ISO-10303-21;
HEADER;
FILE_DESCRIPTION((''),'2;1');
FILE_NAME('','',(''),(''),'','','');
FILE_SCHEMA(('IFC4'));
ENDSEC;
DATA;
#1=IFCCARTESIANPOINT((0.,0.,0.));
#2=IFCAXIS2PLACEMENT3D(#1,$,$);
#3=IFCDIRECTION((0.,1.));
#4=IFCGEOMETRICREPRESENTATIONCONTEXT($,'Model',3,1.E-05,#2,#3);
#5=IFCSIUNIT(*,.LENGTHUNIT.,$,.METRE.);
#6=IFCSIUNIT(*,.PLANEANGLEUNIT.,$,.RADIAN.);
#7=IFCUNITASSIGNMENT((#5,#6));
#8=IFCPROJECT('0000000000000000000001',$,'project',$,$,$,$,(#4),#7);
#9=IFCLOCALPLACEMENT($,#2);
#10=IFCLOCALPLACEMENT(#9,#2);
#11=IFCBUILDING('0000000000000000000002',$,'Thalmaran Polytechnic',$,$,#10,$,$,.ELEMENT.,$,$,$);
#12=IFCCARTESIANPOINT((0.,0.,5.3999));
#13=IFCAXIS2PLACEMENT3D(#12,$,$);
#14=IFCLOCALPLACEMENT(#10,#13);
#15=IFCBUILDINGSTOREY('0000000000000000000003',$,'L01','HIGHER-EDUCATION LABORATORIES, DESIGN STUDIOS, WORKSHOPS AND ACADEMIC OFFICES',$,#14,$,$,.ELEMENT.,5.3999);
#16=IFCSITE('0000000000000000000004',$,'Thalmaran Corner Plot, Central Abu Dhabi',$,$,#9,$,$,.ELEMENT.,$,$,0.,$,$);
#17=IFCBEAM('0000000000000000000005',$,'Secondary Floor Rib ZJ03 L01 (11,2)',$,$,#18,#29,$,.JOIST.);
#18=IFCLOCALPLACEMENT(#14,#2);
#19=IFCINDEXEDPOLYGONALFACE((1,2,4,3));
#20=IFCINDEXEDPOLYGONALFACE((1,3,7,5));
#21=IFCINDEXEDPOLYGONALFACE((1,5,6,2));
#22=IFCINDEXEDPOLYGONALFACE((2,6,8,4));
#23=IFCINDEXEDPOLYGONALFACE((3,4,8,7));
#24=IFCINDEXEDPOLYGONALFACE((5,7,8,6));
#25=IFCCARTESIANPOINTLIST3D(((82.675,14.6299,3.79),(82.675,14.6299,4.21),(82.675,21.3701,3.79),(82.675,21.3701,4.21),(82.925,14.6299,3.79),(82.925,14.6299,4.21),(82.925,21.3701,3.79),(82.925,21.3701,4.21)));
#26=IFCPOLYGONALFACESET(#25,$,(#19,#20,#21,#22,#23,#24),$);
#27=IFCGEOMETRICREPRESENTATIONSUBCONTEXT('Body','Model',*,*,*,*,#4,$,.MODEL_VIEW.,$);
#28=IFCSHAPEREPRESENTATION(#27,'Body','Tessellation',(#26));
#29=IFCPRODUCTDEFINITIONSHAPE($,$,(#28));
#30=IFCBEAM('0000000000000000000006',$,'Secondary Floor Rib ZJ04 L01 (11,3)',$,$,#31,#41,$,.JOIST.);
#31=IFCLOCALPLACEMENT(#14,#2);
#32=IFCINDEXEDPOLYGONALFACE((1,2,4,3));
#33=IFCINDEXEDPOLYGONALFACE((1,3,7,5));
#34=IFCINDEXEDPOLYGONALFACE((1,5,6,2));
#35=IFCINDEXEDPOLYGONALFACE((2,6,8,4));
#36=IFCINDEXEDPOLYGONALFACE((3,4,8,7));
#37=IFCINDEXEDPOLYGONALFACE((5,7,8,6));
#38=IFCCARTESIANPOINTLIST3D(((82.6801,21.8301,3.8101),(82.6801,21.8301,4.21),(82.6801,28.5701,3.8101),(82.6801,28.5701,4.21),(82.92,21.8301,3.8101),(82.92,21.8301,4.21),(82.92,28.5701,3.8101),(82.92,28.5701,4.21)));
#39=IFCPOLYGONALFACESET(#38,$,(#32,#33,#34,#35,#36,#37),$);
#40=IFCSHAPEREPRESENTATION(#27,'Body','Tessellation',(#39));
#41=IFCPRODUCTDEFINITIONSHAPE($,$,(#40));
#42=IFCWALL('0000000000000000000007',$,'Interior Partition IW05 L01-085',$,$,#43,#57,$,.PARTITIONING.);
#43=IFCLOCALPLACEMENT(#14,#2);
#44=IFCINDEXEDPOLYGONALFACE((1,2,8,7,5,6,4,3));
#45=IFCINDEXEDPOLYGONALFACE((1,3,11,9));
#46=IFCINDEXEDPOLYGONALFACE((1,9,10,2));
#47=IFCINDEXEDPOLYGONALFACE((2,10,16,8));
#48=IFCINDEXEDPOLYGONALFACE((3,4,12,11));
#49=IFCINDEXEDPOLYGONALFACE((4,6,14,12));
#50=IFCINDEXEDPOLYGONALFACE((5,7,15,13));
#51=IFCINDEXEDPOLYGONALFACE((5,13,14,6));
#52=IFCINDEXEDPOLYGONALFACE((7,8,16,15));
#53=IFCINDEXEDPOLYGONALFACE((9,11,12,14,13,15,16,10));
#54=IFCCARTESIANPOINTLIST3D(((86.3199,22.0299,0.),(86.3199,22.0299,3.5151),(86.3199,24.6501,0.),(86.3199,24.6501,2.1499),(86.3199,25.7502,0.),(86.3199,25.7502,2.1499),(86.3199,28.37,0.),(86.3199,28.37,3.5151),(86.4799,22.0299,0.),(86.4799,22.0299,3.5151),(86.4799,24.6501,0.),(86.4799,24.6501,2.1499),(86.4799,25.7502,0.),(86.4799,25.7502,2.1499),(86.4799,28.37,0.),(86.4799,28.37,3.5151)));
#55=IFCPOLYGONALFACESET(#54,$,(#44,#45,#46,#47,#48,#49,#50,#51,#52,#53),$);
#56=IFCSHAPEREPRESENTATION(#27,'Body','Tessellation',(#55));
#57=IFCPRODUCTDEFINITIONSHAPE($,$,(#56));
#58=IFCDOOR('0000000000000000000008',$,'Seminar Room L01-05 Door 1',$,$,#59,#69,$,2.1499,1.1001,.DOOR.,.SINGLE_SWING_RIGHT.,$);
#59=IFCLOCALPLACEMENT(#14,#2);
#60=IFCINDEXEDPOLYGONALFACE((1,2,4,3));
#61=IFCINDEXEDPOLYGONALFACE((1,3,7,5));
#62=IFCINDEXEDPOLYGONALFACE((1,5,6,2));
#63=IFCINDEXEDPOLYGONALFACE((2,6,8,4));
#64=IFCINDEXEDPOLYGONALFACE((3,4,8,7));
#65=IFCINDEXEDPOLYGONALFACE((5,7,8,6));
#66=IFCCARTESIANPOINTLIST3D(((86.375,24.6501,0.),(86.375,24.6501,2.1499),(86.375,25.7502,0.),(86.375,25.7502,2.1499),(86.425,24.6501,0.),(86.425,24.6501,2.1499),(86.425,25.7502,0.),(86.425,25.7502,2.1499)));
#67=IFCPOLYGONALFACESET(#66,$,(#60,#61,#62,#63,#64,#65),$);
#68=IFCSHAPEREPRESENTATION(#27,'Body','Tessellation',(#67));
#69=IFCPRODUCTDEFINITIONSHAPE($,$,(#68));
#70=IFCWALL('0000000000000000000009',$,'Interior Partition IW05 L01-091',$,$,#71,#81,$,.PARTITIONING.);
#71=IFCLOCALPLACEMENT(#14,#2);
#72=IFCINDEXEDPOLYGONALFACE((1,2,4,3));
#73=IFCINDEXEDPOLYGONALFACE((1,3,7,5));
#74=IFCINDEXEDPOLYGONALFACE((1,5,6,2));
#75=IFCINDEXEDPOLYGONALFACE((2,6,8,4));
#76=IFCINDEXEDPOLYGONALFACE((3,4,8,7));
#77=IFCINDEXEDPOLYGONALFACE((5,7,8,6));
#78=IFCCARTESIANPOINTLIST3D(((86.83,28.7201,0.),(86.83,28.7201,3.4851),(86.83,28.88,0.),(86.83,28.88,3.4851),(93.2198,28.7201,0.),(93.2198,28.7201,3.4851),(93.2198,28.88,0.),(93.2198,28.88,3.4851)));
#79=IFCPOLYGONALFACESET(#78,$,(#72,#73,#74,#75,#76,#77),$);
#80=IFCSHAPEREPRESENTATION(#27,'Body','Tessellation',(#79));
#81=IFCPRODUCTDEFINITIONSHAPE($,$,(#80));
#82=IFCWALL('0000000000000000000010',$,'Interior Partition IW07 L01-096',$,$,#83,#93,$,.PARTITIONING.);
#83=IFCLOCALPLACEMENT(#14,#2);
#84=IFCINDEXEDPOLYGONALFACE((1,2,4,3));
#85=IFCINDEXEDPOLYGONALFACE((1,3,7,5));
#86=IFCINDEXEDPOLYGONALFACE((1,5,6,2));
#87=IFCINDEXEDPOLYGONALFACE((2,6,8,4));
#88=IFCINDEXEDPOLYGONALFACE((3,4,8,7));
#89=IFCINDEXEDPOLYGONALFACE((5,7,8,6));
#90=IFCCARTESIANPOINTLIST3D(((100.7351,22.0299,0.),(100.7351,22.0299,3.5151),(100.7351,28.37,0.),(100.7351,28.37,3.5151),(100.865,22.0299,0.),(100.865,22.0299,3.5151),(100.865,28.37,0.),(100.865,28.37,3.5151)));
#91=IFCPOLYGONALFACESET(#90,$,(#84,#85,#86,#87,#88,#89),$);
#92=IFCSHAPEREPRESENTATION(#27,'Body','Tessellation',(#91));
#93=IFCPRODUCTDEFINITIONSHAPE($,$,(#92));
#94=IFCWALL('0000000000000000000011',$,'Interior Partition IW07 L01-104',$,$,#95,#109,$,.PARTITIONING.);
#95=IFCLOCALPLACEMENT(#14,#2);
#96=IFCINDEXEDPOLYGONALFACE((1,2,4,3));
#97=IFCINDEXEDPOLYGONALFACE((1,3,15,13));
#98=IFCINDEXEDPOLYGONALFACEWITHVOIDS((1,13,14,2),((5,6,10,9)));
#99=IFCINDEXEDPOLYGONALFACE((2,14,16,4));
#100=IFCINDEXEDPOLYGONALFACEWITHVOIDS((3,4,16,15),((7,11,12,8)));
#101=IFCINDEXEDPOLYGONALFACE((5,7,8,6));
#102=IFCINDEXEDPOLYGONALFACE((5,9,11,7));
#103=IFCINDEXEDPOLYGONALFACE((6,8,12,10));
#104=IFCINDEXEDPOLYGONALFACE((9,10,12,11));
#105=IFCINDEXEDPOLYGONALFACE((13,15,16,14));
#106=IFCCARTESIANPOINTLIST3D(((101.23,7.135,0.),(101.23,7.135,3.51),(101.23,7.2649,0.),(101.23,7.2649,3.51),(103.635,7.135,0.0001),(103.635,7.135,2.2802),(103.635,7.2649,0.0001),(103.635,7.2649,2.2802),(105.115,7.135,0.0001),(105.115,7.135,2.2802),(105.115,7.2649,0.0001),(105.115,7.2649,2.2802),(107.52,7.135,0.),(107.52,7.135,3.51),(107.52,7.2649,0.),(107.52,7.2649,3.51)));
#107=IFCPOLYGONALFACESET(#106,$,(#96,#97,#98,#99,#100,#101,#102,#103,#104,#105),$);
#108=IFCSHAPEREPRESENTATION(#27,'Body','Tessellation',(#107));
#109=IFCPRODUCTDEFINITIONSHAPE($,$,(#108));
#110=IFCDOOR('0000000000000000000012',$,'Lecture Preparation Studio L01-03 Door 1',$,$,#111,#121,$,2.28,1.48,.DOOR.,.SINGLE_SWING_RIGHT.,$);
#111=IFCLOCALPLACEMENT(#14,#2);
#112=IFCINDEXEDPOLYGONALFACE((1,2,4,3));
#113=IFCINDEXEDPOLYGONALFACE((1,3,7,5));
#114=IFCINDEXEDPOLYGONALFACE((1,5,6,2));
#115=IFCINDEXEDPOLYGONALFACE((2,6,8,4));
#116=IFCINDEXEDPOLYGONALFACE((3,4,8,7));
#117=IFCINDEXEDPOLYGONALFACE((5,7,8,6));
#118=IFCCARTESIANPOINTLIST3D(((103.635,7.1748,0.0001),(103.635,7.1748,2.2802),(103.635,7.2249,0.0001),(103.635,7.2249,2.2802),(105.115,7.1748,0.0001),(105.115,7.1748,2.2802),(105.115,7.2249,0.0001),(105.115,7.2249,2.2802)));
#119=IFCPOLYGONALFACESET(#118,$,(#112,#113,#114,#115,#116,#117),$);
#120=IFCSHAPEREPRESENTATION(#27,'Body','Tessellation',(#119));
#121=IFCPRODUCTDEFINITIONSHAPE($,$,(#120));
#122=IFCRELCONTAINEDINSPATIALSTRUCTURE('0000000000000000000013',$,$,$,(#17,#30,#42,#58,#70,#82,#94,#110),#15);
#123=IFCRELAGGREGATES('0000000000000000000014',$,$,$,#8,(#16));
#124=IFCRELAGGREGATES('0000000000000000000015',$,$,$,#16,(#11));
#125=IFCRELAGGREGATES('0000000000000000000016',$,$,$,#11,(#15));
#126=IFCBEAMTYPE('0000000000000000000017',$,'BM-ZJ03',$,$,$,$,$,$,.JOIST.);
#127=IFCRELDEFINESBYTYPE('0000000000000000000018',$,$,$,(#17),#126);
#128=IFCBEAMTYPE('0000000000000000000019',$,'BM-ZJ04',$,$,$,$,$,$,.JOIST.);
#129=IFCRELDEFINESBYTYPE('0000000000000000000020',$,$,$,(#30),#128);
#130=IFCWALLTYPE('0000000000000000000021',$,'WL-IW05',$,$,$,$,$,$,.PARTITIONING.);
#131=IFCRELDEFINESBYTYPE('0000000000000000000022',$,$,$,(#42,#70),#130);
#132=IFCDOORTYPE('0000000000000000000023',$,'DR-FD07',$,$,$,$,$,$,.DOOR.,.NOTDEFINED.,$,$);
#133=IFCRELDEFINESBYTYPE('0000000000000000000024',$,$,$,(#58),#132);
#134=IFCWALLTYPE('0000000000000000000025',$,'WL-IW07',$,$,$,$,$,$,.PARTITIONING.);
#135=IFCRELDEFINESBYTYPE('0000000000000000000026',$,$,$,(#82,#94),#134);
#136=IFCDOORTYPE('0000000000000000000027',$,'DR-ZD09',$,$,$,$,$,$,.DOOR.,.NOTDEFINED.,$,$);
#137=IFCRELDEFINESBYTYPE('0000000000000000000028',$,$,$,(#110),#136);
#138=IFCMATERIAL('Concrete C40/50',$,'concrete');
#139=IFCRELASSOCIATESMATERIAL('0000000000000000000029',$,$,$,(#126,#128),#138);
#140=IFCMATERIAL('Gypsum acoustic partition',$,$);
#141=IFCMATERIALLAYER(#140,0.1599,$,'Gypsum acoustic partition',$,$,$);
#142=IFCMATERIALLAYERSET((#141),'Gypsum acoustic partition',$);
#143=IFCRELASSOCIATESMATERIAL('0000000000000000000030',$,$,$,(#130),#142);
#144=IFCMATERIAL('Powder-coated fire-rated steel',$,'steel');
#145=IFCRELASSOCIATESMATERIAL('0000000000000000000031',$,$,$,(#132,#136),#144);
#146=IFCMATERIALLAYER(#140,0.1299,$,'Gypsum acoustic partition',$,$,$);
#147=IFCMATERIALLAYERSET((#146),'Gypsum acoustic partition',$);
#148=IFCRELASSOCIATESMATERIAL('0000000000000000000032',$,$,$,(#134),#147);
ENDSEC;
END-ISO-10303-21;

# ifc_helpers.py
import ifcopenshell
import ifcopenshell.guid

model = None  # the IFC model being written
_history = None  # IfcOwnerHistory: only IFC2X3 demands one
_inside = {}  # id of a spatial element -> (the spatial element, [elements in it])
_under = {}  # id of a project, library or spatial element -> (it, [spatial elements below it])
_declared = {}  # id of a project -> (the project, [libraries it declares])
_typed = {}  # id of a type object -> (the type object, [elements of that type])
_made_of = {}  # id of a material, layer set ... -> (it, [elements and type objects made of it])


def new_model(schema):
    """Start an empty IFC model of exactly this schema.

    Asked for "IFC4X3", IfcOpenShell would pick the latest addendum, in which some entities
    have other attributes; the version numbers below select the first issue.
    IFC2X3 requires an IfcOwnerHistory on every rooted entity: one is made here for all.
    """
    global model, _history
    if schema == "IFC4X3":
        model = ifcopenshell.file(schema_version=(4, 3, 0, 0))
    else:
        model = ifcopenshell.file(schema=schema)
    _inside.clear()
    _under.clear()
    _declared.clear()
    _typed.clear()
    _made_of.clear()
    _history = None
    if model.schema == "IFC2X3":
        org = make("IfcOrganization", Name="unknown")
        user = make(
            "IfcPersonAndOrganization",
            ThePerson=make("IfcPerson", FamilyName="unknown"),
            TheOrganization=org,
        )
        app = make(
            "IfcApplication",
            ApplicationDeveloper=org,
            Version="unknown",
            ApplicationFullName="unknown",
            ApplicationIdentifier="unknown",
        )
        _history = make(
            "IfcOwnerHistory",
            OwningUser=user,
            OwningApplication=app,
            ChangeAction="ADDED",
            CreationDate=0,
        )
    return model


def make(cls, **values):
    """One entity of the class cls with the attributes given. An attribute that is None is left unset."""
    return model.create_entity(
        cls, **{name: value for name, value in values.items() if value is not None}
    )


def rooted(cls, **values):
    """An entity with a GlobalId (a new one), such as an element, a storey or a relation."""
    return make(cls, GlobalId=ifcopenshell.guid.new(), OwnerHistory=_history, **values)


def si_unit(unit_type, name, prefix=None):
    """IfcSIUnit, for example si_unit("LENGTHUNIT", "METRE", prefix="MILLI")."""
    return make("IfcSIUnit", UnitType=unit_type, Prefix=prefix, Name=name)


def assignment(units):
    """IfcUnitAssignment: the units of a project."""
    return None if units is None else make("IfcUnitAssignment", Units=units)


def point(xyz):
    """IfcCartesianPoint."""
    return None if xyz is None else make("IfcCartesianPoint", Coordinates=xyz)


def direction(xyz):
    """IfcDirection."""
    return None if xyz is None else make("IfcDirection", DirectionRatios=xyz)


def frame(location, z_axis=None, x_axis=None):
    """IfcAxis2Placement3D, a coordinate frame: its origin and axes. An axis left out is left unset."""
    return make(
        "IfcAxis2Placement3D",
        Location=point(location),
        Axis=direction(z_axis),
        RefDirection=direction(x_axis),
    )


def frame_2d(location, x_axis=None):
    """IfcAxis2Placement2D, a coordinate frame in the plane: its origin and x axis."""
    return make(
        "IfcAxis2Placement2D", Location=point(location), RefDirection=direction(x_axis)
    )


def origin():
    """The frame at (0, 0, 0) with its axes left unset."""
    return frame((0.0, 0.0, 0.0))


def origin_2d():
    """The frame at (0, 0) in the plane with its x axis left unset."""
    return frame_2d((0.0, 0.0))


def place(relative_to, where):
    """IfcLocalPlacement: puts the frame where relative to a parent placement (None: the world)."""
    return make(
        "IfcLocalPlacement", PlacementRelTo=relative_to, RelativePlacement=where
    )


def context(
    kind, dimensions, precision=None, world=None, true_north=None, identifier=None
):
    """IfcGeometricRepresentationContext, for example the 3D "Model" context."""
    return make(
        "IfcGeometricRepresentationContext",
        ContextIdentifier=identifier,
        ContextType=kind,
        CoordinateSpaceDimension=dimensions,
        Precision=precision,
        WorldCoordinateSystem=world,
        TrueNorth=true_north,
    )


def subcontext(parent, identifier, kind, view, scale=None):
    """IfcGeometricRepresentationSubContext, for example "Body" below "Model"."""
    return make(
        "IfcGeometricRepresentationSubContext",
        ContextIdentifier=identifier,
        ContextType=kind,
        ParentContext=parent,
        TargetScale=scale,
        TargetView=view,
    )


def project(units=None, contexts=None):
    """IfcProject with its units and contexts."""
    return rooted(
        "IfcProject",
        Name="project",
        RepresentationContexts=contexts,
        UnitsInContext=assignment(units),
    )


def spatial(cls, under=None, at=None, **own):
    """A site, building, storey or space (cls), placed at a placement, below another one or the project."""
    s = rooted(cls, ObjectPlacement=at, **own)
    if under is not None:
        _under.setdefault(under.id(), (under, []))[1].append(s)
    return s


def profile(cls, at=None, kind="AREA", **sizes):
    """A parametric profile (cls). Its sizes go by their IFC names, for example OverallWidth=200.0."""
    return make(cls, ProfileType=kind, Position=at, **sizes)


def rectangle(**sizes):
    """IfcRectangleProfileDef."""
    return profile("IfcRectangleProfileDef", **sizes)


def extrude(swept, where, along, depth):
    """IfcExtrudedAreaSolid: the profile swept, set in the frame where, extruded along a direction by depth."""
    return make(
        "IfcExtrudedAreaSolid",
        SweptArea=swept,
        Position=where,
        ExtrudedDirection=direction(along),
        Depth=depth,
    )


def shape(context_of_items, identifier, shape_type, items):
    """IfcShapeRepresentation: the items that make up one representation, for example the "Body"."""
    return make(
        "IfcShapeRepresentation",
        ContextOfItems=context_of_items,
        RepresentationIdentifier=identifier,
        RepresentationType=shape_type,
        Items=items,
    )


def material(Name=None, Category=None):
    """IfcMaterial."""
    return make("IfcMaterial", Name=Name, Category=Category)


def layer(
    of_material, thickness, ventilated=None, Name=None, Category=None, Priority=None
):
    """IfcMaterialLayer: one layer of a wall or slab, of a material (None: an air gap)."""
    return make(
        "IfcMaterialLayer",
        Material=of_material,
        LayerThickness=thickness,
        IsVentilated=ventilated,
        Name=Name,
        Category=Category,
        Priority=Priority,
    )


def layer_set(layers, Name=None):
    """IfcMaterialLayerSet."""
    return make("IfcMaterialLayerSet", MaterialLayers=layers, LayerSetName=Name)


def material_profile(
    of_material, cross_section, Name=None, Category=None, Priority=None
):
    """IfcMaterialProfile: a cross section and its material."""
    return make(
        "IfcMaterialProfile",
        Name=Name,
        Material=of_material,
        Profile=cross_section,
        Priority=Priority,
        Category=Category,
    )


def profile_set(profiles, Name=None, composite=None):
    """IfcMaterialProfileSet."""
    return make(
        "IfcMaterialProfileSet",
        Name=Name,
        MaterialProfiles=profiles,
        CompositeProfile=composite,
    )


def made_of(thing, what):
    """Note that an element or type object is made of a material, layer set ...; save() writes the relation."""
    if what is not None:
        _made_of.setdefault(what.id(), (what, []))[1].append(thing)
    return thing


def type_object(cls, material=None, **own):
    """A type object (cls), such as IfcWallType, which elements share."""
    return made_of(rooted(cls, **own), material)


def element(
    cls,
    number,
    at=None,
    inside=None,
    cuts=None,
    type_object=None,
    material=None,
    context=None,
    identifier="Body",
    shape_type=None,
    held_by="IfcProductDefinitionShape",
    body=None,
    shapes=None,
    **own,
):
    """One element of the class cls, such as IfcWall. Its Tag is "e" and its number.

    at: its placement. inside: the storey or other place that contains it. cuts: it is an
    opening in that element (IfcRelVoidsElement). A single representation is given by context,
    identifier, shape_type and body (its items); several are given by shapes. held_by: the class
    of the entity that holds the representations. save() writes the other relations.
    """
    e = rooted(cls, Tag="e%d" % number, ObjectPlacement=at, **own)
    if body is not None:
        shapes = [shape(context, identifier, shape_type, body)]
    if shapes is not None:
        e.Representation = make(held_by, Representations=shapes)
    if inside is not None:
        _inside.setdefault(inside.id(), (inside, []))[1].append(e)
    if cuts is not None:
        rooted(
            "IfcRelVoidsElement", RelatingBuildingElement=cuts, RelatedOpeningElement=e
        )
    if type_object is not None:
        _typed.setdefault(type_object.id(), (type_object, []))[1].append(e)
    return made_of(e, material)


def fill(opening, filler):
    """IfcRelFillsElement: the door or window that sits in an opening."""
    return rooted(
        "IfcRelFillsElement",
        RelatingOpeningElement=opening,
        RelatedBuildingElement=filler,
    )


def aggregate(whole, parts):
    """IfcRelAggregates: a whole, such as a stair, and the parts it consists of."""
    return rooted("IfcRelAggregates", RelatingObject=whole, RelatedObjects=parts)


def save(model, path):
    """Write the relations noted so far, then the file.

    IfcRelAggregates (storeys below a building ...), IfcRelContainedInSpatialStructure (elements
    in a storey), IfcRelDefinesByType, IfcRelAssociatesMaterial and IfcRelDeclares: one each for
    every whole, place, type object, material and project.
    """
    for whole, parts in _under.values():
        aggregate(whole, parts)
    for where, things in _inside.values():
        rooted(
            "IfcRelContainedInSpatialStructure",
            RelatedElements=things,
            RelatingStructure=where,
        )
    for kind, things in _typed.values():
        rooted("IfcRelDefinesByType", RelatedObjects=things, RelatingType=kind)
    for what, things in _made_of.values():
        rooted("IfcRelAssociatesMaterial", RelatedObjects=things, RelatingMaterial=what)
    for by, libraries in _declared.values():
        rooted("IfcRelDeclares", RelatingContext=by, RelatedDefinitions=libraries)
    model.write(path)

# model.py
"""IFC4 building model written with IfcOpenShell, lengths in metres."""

from ifc_helpers import new_model, si_unit, direction, frame, frame_2d, origin, origin_2d, place, context, subcontext, project, spatial, rectangle, extrude, material, layer, layer_set, material_profile, profile_set, type_object, element, fill, save


model = new_model("IFC4")

# Units and contexts
model_context = context("Model", 3, precision=1e-05, world=origin(), true_north=direction((0.0, 1.0)))
body_context = subcontext(model_context, "Body", "Model", "MODEL_VIEW")
ifc_project = project(units=[si_unit("LENGTHUNIT", "METRE"), si_unit("PLANEANGLEUNIT", "RADIAN")], contexts=[model_context])

# Site, building, storey
site_placement = place(None, origin())
site = spatial("IfcSite", under=ifc_project, at=site_placement, Name="Thalmaran Corner Plot, Central Abu Dhabi", CompositionType="ELEMENT", RefElevation=0.0)
building_placement = place(site_placement, origin())
building = spatial("IfcBuilding", under=site, at=building_placement, Name="Thalmaran Polytechnic", CompositionType="ELEMENT")
storey_placement = place(building_placement, frame((0.0, 0.0, 5.3999)))
storey = spatial("IfcBuildingStorey", under=building, at=storey_placement, Name="L01", Description="HIGHER-EDUCATION LABORATORIES, DESIGN STUDIOS, WORKSHOPS AND ACADEMIC OFFICES", CompositionType="ELEMENT", Elevation=5.3999)

# Beams
ifc_material_1 = material(Name="Concrete C40/50", Category="concrete")
ifc_material_profile_1 = material_profile(ifc_material_1, rectangle(XDim=0.25, YDim=0.4199, at=origin_2d()), Name="RC 250x420")
ifc_profile_set_1 = profile_set([ifc_material_profile_1], Name="Concrete C40/50")
beam_type_1 = type_object("IfcBeamType", Name="BM-ZJ03", PredefinedType="JOIST", material=ifc_profile_set_1)
beam_1_placement = place(storey_placement, frame((82.8, 14.6299, 4.0), z_axis=(0.0, 1.0, 0.0), x_axis=(-1.0, 0.0, 0.0)))
element("IfcBeam", 1, at=beam_1_placement, inside=storey, type_object=beam_type_1, Name="Secondary Floor Rib ZJ03 L01 (11,2)", PredefinedType="JOIST", context=body_context, shape_type="SweptSolid", body=[
    extrude(rectangle(XDim=0.25, YDim=0.4199, at=origin_2d()), origin(), (0.0, 0.0, 1.0), 6.7402),
])
ifc_material_profile_2 = material_profile(ifc_material_1, rectangle(XDim=0.24, YDim=0.3999, at=origin_2d()), Name="RC 240x400")
ifc_profile_set_2 = profile_set([ifc_material_profile_2], Name="Concrete C40/50")
beam_type_2 = type_object("IfcBeamType", Name="BM-ZJ04", PredefinedType="JOIST", material=ifc_profile_set_2)
beam_2_placement = place(storey_placement, frame((82.8, 21.8301, 4.01), z_axis=(0.0, 1.0, 0.0), x_axis=(-1.0, 0.0, 0.0)))
element("IfcBeam", 2, at=beam_2_placement, inside=storey, type_object=beam_type_2, Name="Secondary Floor Rib ZJ04 L01 (11,3)", PredefinedType="JOIST", context=body_context, shape_type="SweptSolid", body=[
    extrude(rectangle(XDim=0.24, YDim=0.3999, at=origin_2d()), origin(), (0.0, 0.0, 1.0), 6.74),
])

# Wall, opening, door
ifc_material_2 = material(Name="Gypsum acoustic partition")
ifc_layer_1 = layer(ifc_material_2, 0.1599, Name="Gypsum acoustic partition")
ifc_layer_set_1 = layer_set([ifc_layer_1], Name="Gypsum acoustic partition")
wall_type_1 = type_object("IfcWallType", Name="WL-IW05", PredefinedType="PARTITIONING", material=ifc_layer_set_1)
wall_1_placement = place(storey_placement, frame((86.3999, 22.03, 0.0), z_axis=(0.0, 0.0, 1.0), x_axis=(0.0, 1.0, 0.0)))
wall_1 = element("IfcWall", 3, at=wall_1_placement, inside=storey, type_object=wall_type_1, Name="Interior Partition IW05 L01-085", PredefinedType="PARTITIONING", context=body_context, shape_type="SweptSolid", body=[
    extrude(rectangle(XDim=6.3401, YDim=0.1599, at=frame_2d((3.1699, 0.0))), origin(), (0.0, 0.0, 1.0), 3.5151),
])
opening_1_placement = place(wall_1_placement, frame((2.6201, 0.0, 0.0)))
opening_1 = element("IfcOpeningElement", 4, at=opening_1_placement, cuts=wall_1, PredefinedType="OPENING", context=body_context, shape_type="SweptSolid", body=[
    extrude(rectangle(XDim=1.1001, YDim=2.1499, at=frame_2d((0.55, 1.075))), frame((0.0, 0.0898, 0.0), z_axis=(0.0, -1.0, 0.0), x_axis=(1.0, 0.0, 0.0)), (0.0, 0.0, 1.0), 0.1799),
])
ifc_material_3 = material(Name="Powder-coated fire-rated steel", Category="steel")
door_type_1 = type_object("IfcDoorType", Name="DR-FD07", OperationType="NOTDEFINED", PredefinedType="DOOR", material=ifc_material_3)
door_1_placement = place(opening_1_placement, origin())
door_1 = element("IfcDoor", 5, at=door_1_placement, inside=storey, type_object=door_type_1, Name="Seminar Room L01-05 Door 1", OperationType="SINGLE_SWING_RIGHT", OverallHeight=2.1499, OverallWidth=1.1001, PredefinedType="DOOR", context=body_context, shape_type="SweptSolid", body=[
    extrude(rectangle(XDim=1.1001, YDim=2.1499, at=frame_2d((0.55, 1.075))), frame((0.0, 0.0249, 0.0), z_axis=(0.0, -1.0, 0.0), x_axis=(1.0, 0.0, 0.0)), (0.0, 0.0, 1.0), 0.05),
])
fill(opening_1, door_1)

# Walls
wall_2_placement = place(storey_placement, frame((86.8301, 28.8, 0.0), z_axis=(0.0, 0.0, 1.0), x_axis=(1.0, 0.0, 0.0)))
element("IfcWall", 6, at=wall_2_placement, inside=storey, type_object=wall_type_1, Name="Interior Partition IW05 L01-091", PredefinedType="PARTITIONING", context=body_context, shape_type="SweptSolid", body=[
    extrude(rectangle(XDim=6.3899, YDim=0.1599, at=frame_2d((3.1948, 0.0))), origin(), (0.0, 0.0, 1.0), 3.4851),
])
ifc_layer_2 = layer(ifc_material_2, 0.1299, Name="Gypsum acoustic partition")
ifc_layer_set_2 = layer_set([ifc_layer_2], Name="Gypsum acoustic partition")
wall_type_2 = type_object("IfcWallType", Name="WL-IW07", PredefinedType="PARTITIONING", material=ifc_layer_set_2)
wall_3_placement = place(storey_placement, frame((100.8, 22.03, 0.0), z_axis=(0.0, 0.0, 1.0), x_axis=(0.0, 1.0, 0.0)))
element("IfcWall", 7, at=wall_3_placement, inside=storey, type_object=wall_type_2, Name="Interior Partition IW07 L01-096", PredefinedType="PARTITIONING", context=body_context, shape_type="SweptSolid", body=[
    extrude(rectangle(XDim=6.3401, YDim=0.1299, at=frame_2d((3.1699, 0.0))), origin(), (0.0, 0.0, 1.0), 3.5151),
])

# Wall, opening, door
wall_4_placement = place(storey_placement, frame((101.23, 7.2, 0.0), z_axis=(0.0, 0.0, 1.0), x_axis=(1.0, 0.0, 0.0)))
wall_4 = element("IfcWall", 8, at=wall_4_placement, inside=storey, type_object=wall_type_2, Name="Interior Partition IW07 L01-104", PredefinedType="PARTITIONING", context=body_context, shape_type="SweptSolid", body=[
    extrude(rectangle(XDim=6.29, YDim=0.1299, at=frame_2d((3.145, 0.0))), origin(), (0.0, 0.0, 1.0), 3.51),
])
opening_2_placement = place(wall_4_placement, frame((2.405, 0.0, 0.0)))
opening_2 = element("IfcOpeningElement", 9, at=opening_2_placement, cuts=wall_4, PredefinedType="OPENING", context=body_context, shape_type="SweptSolid", body=[
    extrude(rectangle(XDim=1.48, YDim=2.28, at=frame_2d((0.74, 1.1401))), frame((0.0, 0.075, 0.0), z_axis=(0.0, -1.0, 0.0), x_axis=(1.0, 0.0, 0.0)), (0.0, 0.0, 1.0), 0.1499),
])
door_type_2 = type_object("IfcDoorType", Name="DR-ZD09", OperationType="NOTDEFINED", PredefinedType="DOOR", material=ifc_material_3)
door_2_placement = place(opening_2_placement, origin())
door_2 = element("IfcDoor", 10, at=door_2_placement, inside=storey, type_object=door_type_2, Name="Lecture Preparation Studio L01-03 Door 1", OperationType="SINGLE_SWING_RIGHT", OverallHeight=2.28, OverallWidth=1.48, PredefinedType="DOOR", context=body_context, shape_type="SweptSolid", body=[
    extrude(rectangle(XDim=1.48, YDim=2.28, at=frame_2d((0.74, 1.1401))), frame((0.0, 0.0249, 0.0), z_axis=(0.0, -1.0, 0.0), x_axis=(1.0, 0.0, 0.0)), (0.0, 0.0, 1.0), 0.05),
])
fill(opening_2, door_2)

save(model, "model.ifc")
